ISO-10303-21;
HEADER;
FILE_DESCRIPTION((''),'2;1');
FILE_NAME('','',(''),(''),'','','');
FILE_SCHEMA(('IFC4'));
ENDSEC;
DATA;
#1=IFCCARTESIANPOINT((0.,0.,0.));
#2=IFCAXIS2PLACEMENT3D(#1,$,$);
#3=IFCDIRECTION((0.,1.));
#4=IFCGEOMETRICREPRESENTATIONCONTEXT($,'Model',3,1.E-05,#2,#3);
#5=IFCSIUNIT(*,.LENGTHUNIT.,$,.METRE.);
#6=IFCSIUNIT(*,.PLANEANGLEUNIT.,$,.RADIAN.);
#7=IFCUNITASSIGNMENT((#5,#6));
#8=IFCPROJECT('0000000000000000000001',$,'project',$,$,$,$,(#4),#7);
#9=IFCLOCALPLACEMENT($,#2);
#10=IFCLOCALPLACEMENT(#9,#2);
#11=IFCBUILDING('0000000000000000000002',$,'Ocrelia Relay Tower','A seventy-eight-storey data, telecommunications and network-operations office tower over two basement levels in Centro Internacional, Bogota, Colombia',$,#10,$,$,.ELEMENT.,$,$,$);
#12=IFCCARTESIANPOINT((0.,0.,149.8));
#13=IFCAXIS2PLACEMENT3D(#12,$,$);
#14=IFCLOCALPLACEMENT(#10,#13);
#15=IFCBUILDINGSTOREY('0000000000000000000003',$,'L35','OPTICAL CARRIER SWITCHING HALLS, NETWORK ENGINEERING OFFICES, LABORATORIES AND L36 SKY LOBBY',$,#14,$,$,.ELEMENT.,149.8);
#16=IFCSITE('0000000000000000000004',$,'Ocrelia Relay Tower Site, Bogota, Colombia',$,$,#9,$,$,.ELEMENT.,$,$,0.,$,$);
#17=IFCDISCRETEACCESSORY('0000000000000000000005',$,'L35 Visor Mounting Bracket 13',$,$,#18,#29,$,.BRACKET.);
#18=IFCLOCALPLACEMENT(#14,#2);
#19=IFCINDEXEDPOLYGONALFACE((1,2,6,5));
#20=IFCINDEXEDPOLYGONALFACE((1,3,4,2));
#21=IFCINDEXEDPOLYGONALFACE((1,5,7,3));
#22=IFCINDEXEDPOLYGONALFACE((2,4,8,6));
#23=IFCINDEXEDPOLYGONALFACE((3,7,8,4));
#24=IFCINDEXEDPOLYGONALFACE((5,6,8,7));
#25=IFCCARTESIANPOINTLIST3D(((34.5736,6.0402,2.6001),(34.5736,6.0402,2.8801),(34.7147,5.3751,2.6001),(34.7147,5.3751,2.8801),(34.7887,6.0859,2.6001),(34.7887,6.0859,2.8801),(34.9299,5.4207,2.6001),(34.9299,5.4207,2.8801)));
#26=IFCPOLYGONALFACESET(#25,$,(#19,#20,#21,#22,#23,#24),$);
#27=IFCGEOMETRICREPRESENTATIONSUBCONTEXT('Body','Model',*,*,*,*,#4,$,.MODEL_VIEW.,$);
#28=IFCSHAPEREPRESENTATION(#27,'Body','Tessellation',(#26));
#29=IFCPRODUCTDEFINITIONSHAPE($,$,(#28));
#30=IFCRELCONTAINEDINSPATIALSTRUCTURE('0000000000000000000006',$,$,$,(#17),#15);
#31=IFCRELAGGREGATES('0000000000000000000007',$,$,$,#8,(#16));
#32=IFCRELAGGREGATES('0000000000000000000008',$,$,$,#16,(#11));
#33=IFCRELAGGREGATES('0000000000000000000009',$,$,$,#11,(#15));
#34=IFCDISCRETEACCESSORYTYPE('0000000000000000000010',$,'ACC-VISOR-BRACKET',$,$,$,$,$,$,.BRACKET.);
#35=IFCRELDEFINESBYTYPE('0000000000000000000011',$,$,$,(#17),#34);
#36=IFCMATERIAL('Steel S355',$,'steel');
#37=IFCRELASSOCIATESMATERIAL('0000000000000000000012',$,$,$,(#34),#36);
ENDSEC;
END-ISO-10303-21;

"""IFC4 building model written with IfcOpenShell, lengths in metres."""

from ifc_helpers import new_model, si_unit, direction, frame, origin, origin_2d, place, context, subcontext, project, spatial, rectangle, extrude, material, type_object, element, save


model = new_model("IFC4")

# Units and contexts
model_context = context("Model", 3, precision=1e-05, world=origin(), true_north=direction((0.0, 1.0)))
body_context = subcontext(model_context, "Body", "Model", "MODEL_VIEW")
ifc_project = project(units=[si_unit("LENGTHUNIT", "METRE"), si_unit("PLANEANGLEUNIT", "RADIAN")], contexts=[model_context])

# Site, building, storey
site_placement = place(None, origin())
site = spatial("IfcSite", under=ifc_project, at=site_placement, Name="Ocrelia Relay Tower Site, Bogota, Colombia", CompositionType="ELEMENT", RefElevation=0.0)
building_placement = place(site_placement, origin())
building = spatial("IfcBuilding", under=site, at=building_placement, Name="Ocrelia Relay Tower", Description="A seventy-eight-storey data, telecommunications and network-operations office tower over two basement levels in Centro Internacional, Bogota, Colombia", CompositionType="ELEMENT")
storey_placement = place(building_placement, frame((0.0, 0.0, 149.8)))
storey = spatial("IfcBuildingStorey", under=building, at=storey_placement, Name="L35", Description="OPTICAL CARRIER SWITCHING HALLS, NETWORK ENGINEERING OFFICES, LABORATORIES AND L36 SKY LOBBY", CompositionType="ELEMENT", Elevation=149.8)

# Shared definitions
ifc_material_1 = material(Name="Steel S355", Category="steel")

# Discrete accessory
discrete_accessory_type = type_object("IfcDiscreteAccessoryType", Name="ACC-VISOR-BRACKET", PredefinedType="BRACKET", material=ifc_material_1)
discrete_accessory_placement = place(storey_placement, frame((34.7517, 5.7305, 2.6001), z_axis=(0.0, 0.0, 1.0), x_axis=(0.978224, 0.207553, 0.0)))
element("IfcDiscreteAccessory", 1, at=discrete_accessory_placement, inside=storey, type_object=discrete_accessory_type, Name="L35 Visor Mounting Bracket 13", PredefinedType="BRACKET", context=body_context, shape_type="SweptSolid", body=[
    extrude(rectangle(XDim=0.22, YDim=0.6799, at=origin_2d()), origin(), (0.0, 0.0, 1.0), 0.28),
])

save(model, "model.ifc")
